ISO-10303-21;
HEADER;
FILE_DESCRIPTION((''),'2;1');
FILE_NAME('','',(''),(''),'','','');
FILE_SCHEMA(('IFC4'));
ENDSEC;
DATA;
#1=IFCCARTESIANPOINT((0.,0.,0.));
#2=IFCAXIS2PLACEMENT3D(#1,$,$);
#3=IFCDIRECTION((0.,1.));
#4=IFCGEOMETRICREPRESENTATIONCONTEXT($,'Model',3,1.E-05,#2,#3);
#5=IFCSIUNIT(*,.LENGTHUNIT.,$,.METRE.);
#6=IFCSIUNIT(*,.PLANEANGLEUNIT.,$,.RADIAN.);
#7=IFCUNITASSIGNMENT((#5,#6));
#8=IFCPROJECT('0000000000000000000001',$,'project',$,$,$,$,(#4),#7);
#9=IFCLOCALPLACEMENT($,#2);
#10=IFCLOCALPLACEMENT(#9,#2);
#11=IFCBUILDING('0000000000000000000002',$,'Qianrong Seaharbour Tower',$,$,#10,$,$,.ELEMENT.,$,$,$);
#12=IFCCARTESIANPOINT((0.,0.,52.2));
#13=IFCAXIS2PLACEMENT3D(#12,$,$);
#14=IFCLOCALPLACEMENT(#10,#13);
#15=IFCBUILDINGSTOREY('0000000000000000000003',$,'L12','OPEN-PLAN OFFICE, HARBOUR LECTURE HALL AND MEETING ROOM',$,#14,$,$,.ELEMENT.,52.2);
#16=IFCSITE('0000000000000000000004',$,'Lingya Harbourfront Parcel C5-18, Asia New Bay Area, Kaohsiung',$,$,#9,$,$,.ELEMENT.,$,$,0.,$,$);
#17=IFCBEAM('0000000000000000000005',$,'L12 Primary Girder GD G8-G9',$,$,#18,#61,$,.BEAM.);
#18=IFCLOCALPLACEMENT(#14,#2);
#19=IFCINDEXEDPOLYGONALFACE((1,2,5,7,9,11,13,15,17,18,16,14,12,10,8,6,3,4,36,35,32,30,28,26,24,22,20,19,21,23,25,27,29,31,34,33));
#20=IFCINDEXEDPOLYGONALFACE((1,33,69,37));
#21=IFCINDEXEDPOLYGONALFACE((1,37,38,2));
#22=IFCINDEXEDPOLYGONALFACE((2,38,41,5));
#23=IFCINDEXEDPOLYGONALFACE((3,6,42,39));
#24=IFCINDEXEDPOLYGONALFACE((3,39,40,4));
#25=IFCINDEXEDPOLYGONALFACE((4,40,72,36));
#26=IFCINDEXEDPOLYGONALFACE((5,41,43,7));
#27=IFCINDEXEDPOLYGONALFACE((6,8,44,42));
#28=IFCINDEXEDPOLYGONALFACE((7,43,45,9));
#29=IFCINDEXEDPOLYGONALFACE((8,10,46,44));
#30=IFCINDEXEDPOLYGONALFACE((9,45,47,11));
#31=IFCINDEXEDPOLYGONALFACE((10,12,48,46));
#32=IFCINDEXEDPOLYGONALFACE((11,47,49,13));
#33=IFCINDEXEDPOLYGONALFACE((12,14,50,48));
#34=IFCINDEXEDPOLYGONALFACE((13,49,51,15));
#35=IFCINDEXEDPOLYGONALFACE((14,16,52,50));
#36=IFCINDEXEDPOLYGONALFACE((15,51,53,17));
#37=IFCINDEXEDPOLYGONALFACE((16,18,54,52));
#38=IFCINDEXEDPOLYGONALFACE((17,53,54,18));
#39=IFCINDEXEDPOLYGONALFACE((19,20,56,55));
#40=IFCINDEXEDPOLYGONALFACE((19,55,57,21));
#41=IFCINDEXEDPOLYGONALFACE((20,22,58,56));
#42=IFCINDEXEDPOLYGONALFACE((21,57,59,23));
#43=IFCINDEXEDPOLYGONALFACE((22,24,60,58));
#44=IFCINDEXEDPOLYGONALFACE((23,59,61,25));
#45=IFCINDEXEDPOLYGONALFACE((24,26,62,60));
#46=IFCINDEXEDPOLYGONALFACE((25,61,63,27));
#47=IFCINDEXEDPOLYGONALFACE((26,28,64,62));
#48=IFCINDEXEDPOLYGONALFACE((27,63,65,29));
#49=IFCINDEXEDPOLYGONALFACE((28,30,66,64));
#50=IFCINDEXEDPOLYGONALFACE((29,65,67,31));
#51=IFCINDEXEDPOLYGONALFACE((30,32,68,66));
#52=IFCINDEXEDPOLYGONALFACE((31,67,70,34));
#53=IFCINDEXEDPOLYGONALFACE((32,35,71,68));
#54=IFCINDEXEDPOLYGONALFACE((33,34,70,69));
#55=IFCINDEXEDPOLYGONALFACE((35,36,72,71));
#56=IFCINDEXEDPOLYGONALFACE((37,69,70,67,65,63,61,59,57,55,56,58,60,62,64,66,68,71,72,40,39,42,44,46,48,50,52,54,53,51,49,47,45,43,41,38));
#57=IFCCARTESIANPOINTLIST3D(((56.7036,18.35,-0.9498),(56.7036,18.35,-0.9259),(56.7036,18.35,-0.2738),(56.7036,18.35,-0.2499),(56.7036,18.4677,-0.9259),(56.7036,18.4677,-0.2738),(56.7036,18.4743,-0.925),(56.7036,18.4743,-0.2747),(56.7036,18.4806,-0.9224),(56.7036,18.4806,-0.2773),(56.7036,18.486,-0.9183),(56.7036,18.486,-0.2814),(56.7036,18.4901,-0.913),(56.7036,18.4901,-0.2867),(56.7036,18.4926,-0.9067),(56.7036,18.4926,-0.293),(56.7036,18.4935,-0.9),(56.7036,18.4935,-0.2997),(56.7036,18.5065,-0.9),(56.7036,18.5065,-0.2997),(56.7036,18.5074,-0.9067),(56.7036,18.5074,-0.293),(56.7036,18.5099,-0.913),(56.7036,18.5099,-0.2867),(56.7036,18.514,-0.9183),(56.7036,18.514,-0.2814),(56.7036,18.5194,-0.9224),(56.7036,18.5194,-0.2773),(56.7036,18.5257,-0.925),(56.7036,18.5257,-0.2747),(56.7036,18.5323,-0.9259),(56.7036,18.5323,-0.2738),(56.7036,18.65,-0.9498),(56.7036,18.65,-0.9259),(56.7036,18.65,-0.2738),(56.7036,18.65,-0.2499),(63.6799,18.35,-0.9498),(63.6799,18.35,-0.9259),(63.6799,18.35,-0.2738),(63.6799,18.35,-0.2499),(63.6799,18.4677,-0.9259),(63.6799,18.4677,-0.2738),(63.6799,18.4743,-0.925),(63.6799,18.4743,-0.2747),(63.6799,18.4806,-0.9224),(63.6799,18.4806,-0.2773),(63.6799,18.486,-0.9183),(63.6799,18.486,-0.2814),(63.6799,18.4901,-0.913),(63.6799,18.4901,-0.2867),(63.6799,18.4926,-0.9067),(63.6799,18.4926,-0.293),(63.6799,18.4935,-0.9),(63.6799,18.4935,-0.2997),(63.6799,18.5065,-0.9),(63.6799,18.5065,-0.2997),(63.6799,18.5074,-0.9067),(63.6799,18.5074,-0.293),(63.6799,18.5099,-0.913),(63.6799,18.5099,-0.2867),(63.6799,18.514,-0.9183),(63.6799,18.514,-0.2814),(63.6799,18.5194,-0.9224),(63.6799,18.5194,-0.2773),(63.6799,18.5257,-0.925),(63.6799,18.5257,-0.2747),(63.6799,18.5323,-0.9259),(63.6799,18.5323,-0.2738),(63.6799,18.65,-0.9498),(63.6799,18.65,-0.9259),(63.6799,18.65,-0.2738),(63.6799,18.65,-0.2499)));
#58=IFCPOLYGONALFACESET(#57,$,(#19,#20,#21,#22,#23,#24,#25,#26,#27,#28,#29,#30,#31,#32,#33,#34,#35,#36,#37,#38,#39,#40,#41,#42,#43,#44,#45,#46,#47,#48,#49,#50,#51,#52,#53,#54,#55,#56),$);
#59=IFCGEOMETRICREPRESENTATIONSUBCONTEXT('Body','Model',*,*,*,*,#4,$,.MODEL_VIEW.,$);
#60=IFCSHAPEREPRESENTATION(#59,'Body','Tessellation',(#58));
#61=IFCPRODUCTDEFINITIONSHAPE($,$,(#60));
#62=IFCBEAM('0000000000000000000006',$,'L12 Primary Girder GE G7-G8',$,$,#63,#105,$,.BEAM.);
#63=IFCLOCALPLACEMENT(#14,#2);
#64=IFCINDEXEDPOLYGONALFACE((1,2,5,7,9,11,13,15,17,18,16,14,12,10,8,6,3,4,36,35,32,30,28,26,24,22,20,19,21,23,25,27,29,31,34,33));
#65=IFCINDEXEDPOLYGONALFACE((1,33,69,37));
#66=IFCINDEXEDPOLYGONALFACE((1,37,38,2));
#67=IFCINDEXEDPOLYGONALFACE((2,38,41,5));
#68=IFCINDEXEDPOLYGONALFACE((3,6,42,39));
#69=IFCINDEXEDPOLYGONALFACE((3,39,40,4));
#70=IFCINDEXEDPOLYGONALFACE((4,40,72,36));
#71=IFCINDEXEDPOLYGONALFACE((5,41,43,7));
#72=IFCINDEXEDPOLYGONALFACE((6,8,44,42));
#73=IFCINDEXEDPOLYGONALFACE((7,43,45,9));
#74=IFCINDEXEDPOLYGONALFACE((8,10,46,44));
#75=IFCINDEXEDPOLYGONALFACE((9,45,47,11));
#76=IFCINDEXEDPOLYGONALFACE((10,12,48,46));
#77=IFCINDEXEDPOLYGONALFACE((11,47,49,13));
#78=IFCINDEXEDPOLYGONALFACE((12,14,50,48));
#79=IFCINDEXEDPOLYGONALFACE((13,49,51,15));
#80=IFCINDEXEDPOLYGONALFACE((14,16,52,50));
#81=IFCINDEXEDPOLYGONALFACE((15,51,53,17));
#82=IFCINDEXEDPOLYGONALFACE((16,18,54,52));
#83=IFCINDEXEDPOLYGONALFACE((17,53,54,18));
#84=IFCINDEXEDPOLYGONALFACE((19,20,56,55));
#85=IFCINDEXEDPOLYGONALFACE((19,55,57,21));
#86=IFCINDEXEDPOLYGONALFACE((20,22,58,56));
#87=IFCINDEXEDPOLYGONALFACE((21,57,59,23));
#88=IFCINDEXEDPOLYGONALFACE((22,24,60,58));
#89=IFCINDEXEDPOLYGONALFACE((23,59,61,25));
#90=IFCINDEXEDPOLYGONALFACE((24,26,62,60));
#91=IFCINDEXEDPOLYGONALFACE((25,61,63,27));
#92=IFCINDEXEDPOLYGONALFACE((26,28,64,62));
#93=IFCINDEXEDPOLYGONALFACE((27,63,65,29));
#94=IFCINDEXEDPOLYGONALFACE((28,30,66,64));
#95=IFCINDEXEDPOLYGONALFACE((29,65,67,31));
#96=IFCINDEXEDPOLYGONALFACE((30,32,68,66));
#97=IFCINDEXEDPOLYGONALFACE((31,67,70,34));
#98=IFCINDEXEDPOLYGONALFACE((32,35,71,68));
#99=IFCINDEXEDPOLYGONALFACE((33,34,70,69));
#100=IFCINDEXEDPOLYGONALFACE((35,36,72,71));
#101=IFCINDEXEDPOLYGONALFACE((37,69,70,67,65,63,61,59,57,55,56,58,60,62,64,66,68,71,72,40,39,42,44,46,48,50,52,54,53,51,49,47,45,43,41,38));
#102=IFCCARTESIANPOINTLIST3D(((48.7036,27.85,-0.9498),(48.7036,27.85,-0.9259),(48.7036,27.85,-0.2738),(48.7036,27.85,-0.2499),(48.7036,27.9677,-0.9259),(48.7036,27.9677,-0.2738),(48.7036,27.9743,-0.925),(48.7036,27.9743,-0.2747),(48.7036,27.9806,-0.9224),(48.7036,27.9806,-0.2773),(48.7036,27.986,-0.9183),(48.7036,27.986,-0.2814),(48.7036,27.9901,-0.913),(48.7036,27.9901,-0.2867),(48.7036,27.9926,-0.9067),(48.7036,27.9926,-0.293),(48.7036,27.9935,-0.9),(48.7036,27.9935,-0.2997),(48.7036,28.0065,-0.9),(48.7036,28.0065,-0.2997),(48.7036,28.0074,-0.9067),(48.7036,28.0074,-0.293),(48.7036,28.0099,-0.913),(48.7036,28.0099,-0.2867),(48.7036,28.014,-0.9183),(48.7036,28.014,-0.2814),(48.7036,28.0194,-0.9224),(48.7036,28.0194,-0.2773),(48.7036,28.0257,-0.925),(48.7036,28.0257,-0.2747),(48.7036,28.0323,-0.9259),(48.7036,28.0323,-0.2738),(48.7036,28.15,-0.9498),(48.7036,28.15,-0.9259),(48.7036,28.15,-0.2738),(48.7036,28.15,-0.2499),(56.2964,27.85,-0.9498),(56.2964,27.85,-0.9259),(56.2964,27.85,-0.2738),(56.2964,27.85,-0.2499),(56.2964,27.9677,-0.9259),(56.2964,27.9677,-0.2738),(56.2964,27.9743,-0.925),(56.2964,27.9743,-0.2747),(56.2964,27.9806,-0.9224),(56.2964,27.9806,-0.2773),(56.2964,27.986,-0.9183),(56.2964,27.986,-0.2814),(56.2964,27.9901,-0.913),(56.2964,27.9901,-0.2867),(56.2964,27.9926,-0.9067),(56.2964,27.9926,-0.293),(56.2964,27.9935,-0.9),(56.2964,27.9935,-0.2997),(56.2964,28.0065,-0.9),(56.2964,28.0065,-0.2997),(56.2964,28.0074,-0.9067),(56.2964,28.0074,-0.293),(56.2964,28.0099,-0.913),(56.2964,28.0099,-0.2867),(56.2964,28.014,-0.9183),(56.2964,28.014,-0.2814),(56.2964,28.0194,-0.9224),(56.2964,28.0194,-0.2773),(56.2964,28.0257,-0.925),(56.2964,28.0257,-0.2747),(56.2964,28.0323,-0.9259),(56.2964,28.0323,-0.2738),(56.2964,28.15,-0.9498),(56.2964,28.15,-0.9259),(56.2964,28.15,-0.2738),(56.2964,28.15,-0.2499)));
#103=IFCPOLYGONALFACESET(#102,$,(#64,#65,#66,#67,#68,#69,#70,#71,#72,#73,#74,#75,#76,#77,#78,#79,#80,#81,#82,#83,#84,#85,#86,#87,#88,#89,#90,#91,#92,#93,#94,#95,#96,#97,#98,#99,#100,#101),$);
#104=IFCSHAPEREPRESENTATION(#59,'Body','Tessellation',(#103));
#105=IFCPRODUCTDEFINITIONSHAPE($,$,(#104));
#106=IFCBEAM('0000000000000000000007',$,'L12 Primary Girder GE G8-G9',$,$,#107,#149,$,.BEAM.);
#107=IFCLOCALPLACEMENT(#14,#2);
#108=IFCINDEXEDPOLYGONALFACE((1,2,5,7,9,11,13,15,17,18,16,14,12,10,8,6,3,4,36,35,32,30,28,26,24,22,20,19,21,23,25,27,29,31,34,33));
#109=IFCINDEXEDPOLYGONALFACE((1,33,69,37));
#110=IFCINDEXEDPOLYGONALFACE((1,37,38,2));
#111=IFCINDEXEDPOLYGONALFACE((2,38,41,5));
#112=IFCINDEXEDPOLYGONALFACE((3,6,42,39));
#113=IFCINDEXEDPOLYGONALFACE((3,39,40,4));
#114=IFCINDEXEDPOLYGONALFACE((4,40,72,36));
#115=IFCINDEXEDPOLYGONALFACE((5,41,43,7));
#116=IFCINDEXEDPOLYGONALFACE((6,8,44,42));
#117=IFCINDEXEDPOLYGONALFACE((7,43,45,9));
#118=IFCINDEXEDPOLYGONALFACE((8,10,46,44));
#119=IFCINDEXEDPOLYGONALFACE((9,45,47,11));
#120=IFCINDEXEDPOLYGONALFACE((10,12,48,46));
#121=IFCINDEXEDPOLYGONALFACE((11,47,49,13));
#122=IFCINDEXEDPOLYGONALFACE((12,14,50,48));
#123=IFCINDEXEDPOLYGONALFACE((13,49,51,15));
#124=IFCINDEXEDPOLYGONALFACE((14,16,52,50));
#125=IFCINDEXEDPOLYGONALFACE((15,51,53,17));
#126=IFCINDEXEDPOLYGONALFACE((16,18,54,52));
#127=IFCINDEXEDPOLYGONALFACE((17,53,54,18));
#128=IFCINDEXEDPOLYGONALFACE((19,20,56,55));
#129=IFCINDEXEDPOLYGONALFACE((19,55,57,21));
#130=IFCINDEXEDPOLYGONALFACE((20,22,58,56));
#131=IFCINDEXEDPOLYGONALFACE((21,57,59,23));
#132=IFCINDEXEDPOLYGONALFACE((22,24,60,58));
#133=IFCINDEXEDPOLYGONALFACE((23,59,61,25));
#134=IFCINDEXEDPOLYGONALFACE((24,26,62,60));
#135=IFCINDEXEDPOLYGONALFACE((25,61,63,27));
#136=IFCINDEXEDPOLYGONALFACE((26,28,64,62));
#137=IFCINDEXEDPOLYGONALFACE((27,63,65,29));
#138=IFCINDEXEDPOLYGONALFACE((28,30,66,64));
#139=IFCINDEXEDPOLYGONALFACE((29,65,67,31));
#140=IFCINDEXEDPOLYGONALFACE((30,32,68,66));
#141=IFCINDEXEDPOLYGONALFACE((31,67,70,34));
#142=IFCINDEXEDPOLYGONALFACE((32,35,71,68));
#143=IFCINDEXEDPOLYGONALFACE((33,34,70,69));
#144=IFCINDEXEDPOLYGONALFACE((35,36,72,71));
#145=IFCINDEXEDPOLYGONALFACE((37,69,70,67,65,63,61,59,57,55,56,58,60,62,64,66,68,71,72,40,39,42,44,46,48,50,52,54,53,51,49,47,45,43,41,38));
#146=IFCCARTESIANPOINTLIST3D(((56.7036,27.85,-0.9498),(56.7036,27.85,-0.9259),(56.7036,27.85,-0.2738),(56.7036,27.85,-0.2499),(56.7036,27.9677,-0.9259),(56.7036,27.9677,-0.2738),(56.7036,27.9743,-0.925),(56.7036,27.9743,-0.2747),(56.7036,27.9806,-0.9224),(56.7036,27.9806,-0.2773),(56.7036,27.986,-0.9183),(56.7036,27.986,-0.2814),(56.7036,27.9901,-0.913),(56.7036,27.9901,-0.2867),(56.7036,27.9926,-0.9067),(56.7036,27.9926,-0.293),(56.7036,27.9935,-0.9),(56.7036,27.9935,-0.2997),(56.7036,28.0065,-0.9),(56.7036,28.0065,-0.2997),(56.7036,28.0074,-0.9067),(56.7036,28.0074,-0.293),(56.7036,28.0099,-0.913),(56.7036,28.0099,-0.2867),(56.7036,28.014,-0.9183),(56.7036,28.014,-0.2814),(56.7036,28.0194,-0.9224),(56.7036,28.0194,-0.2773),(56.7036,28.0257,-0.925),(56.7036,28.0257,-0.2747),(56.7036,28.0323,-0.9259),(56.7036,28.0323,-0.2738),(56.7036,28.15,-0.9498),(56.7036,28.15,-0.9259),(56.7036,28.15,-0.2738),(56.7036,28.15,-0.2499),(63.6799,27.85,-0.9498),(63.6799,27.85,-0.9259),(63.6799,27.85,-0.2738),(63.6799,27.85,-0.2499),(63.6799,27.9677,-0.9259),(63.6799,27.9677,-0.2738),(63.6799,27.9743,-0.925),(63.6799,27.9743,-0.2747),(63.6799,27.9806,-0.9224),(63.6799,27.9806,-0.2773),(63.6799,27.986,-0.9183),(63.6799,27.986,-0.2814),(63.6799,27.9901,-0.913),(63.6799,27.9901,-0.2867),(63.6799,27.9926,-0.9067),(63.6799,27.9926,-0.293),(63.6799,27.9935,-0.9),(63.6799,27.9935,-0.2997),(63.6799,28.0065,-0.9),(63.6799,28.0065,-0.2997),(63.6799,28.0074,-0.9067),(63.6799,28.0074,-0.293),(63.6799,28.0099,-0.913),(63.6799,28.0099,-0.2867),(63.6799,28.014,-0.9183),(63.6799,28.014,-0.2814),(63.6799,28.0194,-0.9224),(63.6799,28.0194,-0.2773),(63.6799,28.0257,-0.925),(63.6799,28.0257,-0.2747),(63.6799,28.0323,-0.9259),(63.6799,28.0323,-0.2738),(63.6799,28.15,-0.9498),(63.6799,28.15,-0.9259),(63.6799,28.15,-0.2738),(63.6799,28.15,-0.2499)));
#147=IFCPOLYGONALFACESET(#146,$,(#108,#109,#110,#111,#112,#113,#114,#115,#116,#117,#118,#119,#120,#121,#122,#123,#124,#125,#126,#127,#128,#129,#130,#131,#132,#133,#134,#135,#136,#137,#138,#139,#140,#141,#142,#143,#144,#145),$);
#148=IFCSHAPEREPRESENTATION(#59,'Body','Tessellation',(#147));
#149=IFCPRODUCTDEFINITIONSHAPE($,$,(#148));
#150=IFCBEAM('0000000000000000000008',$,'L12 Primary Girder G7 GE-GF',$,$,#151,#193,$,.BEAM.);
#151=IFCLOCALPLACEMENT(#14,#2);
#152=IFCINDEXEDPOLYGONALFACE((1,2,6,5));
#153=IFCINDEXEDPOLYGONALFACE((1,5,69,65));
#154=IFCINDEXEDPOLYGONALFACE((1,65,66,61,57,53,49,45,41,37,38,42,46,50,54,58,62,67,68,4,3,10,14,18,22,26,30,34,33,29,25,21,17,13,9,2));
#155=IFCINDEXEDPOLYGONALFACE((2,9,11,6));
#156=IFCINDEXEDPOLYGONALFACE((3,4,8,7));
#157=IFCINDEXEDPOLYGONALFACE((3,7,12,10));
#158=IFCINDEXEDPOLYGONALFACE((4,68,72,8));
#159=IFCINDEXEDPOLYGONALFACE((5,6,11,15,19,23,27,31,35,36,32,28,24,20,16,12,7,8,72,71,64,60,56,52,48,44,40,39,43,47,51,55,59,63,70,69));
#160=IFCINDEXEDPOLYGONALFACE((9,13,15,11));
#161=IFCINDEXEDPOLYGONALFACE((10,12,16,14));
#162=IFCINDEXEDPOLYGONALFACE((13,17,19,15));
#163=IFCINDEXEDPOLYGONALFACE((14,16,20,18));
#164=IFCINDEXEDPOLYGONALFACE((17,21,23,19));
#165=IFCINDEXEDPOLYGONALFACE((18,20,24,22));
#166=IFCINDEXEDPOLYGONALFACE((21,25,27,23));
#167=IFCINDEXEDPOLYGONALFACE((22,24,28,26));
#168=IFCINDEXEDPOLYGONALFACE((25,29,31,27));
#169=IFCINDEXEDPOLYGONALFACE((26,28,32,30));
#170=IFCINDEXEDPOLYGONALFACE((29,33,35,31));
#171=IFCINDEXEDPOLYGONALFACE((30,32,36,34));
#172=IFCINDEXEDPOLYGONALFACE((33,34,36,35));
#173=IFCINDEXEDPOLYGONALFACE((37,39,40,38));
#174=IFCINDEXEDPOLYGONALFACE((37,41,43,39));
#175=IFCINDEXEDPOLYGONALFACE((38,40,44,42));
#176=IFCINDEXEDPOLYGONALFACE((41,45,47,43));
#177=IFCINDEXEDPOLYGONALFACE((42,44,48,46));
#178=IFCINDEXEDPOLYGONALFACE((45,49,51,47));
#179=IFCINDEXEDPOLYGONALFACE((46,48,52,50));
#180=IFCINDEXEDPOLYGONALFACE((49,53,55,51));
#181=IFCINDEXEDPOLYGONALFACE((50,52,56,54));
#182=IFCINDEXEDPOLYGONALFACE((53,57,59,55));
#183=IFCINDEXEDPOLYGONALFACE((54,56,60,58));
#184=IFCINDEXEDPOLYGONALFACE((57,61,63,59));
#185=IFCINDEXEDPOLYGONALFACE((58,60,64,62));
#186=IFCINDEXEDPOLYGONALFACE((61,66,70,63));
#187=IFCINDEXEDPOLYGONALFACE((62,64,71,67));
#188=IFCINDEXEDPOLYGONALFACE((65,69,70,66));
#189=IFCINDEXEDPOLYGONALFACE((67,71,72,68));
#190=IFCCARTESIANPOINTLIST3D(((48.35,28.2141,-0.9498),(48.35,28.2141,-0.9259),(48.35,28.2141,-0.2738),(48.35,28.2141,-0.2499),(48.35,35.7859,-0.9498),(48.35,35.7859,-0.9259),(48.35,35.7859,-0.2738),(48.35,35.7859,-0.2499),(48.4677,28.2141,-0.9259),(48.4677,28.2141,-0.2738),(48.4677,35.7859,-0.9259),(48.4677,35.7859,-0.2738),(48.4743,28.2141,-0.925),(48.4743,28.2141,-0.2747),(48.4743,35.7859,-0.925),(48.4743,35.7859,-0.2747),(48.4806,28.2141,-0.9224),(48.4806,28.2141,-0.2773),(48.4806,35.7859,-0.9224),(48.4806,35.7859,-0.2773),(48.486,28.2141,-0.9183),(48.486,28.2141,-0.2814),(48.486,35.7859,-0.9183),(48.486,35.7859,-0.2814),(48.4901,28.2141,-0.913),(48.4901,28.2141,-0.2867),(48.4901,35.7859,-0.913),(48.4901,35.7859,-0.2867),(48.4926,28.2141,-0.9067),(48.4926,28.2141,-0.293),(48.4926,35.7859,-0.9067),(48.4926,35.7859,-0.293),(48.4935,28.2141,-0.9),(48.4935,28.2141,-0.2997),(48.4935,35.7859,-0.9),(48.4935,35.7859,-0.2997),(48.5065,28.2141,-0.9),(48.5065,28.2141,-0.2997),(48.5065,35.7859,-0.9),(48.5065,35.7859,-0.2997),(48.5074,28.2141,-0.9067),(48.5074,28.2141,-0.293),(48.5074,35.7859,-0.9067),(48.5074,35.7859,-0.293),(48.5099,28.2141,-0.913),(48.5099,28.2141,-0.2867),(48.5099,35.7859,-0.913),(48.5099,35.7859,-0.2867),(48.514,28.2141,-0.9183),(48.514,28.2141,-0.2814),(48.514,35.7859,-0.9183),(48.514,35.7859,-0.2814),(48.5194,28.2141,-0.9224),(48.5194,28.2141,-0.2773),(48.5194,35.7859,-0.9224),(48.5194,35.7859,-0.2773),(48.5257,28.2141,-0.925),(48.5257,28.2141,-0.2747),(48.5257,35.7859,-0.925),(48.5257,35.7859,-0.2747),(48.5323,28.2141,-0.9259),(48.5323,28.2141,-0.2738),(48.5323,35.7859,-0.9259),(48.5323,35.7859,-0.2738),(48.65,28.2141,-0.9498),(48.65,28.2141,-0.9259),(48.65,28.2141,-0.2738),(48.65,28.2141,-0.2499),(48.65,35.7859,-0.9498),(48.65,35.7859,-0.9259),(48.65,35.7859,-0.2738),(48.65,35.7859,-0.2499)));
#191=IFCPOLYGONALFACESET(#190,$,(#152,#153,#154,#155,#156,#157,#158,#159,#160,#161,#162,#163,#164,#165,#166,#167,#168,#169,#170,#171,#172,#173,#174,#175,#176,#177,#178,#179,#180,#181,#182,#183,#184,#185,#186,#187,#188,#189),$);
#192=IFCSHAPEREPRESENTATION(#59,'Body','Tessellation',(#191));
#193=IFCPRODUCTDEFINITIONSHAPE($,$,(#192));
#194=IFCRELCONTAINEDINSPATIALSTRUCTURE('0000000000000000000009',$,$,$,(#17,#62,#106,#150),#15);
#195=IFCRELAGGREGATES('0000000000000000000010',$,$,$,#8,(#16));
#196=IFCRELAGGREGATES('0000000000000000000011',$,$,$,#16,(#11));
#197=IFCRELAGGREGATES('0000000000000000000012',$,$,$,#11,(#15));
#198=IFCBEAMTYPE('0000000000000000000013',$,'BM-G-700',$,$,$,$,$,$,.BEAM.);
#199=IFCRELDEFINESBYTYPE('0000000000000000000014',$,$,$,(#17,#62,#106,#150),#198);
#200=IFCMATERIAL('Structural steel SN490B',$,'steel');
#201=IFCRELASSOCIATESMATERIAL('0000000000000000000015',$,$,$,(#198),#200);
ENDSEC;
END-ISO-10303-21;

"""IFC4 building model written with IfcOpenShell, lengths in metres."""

from ifc_helpers import new_model, si_unit, direction, frame, origin, origin_2d, place, context, subcontext, project, spatial, i_section, extrude, material, material_profile, profile_set, type_object, element, save


model = new_model("IFC4")

# Units and contexts
model_context = context("Model", 3, precision=1e-05, world=origin(), true_north=direction((0.0, 1.0)))
body_context = subcontext(model_context, "Body", "Model", "MODEL_VIEW")
ifc_project = project(units=[si_unit("LENGTHUNIT", "METRE"), si_unit("PLANEANGLEUNIT", "RADIAN")], contexts=[model_context])

# Site, building, storey
site_placement = place(None, origin())
site = spatial("IfcSite", under=ifc_project, at=site_placement, Name="Lingya Harbourfront Parcel C5-18, Asia New Bay Area, Kaohsiung", CompositionType="ELEMENT", RefElevation=0.0)
building_placement = place(site_placement, origin())
building = spatial("IfcBuilding", under=site, at=building_placement, Name="Qianrong Seaharbour Tower", CompositionType="ELEMENT")
storey_placement = place(building_placement, frame((0.0, 0.0, 52.2)))
storey = spatial("IfcBuildingStorey", under=building, at=storey_placement, Name="L12", Description="OPEN-PLAN OFFICE, HARBOUR LECTURE HALL AND MEETING ROOM", CompositionType="ELEMENT", Elevation=52.2)

# Shared definitions
ifc_material_1 = material(Name="Structural steel SN490B", Category="steel")

# Beams
ifc_material_profile_1 = material_profile(ifc_material_1, i_section(OverallWidth=0.3, OverallDepth=0.7, WebThickness=0.0129, FlangeThickness=0.0239, FilletRadius=0.0259, at=origin_2d()), Name="H700x300x13x24")
ifc_profile_set_1 = profile_set([ifc_material_profile_1], Name="Structural steel SN490B")
beam_type_1 = type_object("IfcBeamType", Name="BM-G-700", PredefinedType="BEAM", material=ifc_profile_set_1)
beam_1_placement = place(storey_placement, frame((56.7036, 18.5, -0.5999), z_axis=(1.0, 0.0, 0.0), x_axis=(0.0, 1.0, 0.0)))
element("IfcBeam", 1, at=beam_1_placement, inside=storey, type_object=beam_type_1, Name="L12 Primary Girder GD G8-G9", PredefinedType="BEAM", context=body_context, shape_type="SweptSolid", body=[
    extrude(i_section(OverallWidth=0.3, OverallDepth=0.7, WebThickness=0.0129, FlangeThickness=0.0239, FilletRadius=0.0259, at=origin_2d()), origin(), (0.0, 0.0, 1.0), 6.9763),
])
beam_2_placement = place(storey_placement, frame((48.7036, 28.0, -0.5999), z_axis=(1.0, 0.0, 0.0), x_axis=(0.0, 1.0, 0.0)))
element("IfcBeam", 2, at=beam_2_placement, inside=storey, type_object=beam_type_1, Name="L12 Primary Girder GE G7-G8", PredefinedType="BEAM", context=body_context, shape_type="SweptSolid", body=[
    extrude(i_section(OverallWidth=0.3, OverallDepth=0.7, WebThickness=0.0129, FlangeThickness=0.0239, FilletRadius=0.0259, at=origin_2d()), origin(), (0.0, 0.0, 1.0), 7.5928),
])
beam_3_placement = place(storey_placement, frame((56.7036, 28.0, -0.5999), z_axis=(1.0, 0.0, 0.0), x_axis=(0.0, 1.0, 0.0)))
element("IfcBeam", 3, at=beam_3_placement, inside=storey, type_object=beam_type_1, Name="L12 Primary Girder GE G8-G9", PredefinedType="BEAM", context=body_context, shape_type="SweptSolid", body=[
    extrude(i_section(OverallWidth=0.3, OverallDepth=0.7, WebThickness=0.0129, FlangeThickness=0.0239, FilletRadius=0.0259, at=origin_2d()), origin(), (0.0, 0.0, 1.0), 6.9763),
])
for number, where, z_axis, x_axis, name in (
    (4, (48.5, 28.2141, -0.5999), (0.0, 1.0, 0.0), (-1.0, 0.0, 0.0), "L12 Primary Girder G7 GE-GF"),
):
    element("IfcBeam", number, at=place(storey_placement, frame(where, z_axis=z_axis, x_axis=x_axis)), inside=storey, type_object=beam_type_1, Name=name, PredefinedType="BEAM", context=body_context, shape_type="SweptSolid", body=[
        extrude(i_section(OverallWidth=0.3, OverallDepth=0.7, WebThickness=0.0129, FlangeThickness=0.0239, FilletRadius=0.0259, at=origin_2d()), origin(), (0.0, 0.0, 1.0), 7.5718),
    ])

save(model, "model.ifc")
